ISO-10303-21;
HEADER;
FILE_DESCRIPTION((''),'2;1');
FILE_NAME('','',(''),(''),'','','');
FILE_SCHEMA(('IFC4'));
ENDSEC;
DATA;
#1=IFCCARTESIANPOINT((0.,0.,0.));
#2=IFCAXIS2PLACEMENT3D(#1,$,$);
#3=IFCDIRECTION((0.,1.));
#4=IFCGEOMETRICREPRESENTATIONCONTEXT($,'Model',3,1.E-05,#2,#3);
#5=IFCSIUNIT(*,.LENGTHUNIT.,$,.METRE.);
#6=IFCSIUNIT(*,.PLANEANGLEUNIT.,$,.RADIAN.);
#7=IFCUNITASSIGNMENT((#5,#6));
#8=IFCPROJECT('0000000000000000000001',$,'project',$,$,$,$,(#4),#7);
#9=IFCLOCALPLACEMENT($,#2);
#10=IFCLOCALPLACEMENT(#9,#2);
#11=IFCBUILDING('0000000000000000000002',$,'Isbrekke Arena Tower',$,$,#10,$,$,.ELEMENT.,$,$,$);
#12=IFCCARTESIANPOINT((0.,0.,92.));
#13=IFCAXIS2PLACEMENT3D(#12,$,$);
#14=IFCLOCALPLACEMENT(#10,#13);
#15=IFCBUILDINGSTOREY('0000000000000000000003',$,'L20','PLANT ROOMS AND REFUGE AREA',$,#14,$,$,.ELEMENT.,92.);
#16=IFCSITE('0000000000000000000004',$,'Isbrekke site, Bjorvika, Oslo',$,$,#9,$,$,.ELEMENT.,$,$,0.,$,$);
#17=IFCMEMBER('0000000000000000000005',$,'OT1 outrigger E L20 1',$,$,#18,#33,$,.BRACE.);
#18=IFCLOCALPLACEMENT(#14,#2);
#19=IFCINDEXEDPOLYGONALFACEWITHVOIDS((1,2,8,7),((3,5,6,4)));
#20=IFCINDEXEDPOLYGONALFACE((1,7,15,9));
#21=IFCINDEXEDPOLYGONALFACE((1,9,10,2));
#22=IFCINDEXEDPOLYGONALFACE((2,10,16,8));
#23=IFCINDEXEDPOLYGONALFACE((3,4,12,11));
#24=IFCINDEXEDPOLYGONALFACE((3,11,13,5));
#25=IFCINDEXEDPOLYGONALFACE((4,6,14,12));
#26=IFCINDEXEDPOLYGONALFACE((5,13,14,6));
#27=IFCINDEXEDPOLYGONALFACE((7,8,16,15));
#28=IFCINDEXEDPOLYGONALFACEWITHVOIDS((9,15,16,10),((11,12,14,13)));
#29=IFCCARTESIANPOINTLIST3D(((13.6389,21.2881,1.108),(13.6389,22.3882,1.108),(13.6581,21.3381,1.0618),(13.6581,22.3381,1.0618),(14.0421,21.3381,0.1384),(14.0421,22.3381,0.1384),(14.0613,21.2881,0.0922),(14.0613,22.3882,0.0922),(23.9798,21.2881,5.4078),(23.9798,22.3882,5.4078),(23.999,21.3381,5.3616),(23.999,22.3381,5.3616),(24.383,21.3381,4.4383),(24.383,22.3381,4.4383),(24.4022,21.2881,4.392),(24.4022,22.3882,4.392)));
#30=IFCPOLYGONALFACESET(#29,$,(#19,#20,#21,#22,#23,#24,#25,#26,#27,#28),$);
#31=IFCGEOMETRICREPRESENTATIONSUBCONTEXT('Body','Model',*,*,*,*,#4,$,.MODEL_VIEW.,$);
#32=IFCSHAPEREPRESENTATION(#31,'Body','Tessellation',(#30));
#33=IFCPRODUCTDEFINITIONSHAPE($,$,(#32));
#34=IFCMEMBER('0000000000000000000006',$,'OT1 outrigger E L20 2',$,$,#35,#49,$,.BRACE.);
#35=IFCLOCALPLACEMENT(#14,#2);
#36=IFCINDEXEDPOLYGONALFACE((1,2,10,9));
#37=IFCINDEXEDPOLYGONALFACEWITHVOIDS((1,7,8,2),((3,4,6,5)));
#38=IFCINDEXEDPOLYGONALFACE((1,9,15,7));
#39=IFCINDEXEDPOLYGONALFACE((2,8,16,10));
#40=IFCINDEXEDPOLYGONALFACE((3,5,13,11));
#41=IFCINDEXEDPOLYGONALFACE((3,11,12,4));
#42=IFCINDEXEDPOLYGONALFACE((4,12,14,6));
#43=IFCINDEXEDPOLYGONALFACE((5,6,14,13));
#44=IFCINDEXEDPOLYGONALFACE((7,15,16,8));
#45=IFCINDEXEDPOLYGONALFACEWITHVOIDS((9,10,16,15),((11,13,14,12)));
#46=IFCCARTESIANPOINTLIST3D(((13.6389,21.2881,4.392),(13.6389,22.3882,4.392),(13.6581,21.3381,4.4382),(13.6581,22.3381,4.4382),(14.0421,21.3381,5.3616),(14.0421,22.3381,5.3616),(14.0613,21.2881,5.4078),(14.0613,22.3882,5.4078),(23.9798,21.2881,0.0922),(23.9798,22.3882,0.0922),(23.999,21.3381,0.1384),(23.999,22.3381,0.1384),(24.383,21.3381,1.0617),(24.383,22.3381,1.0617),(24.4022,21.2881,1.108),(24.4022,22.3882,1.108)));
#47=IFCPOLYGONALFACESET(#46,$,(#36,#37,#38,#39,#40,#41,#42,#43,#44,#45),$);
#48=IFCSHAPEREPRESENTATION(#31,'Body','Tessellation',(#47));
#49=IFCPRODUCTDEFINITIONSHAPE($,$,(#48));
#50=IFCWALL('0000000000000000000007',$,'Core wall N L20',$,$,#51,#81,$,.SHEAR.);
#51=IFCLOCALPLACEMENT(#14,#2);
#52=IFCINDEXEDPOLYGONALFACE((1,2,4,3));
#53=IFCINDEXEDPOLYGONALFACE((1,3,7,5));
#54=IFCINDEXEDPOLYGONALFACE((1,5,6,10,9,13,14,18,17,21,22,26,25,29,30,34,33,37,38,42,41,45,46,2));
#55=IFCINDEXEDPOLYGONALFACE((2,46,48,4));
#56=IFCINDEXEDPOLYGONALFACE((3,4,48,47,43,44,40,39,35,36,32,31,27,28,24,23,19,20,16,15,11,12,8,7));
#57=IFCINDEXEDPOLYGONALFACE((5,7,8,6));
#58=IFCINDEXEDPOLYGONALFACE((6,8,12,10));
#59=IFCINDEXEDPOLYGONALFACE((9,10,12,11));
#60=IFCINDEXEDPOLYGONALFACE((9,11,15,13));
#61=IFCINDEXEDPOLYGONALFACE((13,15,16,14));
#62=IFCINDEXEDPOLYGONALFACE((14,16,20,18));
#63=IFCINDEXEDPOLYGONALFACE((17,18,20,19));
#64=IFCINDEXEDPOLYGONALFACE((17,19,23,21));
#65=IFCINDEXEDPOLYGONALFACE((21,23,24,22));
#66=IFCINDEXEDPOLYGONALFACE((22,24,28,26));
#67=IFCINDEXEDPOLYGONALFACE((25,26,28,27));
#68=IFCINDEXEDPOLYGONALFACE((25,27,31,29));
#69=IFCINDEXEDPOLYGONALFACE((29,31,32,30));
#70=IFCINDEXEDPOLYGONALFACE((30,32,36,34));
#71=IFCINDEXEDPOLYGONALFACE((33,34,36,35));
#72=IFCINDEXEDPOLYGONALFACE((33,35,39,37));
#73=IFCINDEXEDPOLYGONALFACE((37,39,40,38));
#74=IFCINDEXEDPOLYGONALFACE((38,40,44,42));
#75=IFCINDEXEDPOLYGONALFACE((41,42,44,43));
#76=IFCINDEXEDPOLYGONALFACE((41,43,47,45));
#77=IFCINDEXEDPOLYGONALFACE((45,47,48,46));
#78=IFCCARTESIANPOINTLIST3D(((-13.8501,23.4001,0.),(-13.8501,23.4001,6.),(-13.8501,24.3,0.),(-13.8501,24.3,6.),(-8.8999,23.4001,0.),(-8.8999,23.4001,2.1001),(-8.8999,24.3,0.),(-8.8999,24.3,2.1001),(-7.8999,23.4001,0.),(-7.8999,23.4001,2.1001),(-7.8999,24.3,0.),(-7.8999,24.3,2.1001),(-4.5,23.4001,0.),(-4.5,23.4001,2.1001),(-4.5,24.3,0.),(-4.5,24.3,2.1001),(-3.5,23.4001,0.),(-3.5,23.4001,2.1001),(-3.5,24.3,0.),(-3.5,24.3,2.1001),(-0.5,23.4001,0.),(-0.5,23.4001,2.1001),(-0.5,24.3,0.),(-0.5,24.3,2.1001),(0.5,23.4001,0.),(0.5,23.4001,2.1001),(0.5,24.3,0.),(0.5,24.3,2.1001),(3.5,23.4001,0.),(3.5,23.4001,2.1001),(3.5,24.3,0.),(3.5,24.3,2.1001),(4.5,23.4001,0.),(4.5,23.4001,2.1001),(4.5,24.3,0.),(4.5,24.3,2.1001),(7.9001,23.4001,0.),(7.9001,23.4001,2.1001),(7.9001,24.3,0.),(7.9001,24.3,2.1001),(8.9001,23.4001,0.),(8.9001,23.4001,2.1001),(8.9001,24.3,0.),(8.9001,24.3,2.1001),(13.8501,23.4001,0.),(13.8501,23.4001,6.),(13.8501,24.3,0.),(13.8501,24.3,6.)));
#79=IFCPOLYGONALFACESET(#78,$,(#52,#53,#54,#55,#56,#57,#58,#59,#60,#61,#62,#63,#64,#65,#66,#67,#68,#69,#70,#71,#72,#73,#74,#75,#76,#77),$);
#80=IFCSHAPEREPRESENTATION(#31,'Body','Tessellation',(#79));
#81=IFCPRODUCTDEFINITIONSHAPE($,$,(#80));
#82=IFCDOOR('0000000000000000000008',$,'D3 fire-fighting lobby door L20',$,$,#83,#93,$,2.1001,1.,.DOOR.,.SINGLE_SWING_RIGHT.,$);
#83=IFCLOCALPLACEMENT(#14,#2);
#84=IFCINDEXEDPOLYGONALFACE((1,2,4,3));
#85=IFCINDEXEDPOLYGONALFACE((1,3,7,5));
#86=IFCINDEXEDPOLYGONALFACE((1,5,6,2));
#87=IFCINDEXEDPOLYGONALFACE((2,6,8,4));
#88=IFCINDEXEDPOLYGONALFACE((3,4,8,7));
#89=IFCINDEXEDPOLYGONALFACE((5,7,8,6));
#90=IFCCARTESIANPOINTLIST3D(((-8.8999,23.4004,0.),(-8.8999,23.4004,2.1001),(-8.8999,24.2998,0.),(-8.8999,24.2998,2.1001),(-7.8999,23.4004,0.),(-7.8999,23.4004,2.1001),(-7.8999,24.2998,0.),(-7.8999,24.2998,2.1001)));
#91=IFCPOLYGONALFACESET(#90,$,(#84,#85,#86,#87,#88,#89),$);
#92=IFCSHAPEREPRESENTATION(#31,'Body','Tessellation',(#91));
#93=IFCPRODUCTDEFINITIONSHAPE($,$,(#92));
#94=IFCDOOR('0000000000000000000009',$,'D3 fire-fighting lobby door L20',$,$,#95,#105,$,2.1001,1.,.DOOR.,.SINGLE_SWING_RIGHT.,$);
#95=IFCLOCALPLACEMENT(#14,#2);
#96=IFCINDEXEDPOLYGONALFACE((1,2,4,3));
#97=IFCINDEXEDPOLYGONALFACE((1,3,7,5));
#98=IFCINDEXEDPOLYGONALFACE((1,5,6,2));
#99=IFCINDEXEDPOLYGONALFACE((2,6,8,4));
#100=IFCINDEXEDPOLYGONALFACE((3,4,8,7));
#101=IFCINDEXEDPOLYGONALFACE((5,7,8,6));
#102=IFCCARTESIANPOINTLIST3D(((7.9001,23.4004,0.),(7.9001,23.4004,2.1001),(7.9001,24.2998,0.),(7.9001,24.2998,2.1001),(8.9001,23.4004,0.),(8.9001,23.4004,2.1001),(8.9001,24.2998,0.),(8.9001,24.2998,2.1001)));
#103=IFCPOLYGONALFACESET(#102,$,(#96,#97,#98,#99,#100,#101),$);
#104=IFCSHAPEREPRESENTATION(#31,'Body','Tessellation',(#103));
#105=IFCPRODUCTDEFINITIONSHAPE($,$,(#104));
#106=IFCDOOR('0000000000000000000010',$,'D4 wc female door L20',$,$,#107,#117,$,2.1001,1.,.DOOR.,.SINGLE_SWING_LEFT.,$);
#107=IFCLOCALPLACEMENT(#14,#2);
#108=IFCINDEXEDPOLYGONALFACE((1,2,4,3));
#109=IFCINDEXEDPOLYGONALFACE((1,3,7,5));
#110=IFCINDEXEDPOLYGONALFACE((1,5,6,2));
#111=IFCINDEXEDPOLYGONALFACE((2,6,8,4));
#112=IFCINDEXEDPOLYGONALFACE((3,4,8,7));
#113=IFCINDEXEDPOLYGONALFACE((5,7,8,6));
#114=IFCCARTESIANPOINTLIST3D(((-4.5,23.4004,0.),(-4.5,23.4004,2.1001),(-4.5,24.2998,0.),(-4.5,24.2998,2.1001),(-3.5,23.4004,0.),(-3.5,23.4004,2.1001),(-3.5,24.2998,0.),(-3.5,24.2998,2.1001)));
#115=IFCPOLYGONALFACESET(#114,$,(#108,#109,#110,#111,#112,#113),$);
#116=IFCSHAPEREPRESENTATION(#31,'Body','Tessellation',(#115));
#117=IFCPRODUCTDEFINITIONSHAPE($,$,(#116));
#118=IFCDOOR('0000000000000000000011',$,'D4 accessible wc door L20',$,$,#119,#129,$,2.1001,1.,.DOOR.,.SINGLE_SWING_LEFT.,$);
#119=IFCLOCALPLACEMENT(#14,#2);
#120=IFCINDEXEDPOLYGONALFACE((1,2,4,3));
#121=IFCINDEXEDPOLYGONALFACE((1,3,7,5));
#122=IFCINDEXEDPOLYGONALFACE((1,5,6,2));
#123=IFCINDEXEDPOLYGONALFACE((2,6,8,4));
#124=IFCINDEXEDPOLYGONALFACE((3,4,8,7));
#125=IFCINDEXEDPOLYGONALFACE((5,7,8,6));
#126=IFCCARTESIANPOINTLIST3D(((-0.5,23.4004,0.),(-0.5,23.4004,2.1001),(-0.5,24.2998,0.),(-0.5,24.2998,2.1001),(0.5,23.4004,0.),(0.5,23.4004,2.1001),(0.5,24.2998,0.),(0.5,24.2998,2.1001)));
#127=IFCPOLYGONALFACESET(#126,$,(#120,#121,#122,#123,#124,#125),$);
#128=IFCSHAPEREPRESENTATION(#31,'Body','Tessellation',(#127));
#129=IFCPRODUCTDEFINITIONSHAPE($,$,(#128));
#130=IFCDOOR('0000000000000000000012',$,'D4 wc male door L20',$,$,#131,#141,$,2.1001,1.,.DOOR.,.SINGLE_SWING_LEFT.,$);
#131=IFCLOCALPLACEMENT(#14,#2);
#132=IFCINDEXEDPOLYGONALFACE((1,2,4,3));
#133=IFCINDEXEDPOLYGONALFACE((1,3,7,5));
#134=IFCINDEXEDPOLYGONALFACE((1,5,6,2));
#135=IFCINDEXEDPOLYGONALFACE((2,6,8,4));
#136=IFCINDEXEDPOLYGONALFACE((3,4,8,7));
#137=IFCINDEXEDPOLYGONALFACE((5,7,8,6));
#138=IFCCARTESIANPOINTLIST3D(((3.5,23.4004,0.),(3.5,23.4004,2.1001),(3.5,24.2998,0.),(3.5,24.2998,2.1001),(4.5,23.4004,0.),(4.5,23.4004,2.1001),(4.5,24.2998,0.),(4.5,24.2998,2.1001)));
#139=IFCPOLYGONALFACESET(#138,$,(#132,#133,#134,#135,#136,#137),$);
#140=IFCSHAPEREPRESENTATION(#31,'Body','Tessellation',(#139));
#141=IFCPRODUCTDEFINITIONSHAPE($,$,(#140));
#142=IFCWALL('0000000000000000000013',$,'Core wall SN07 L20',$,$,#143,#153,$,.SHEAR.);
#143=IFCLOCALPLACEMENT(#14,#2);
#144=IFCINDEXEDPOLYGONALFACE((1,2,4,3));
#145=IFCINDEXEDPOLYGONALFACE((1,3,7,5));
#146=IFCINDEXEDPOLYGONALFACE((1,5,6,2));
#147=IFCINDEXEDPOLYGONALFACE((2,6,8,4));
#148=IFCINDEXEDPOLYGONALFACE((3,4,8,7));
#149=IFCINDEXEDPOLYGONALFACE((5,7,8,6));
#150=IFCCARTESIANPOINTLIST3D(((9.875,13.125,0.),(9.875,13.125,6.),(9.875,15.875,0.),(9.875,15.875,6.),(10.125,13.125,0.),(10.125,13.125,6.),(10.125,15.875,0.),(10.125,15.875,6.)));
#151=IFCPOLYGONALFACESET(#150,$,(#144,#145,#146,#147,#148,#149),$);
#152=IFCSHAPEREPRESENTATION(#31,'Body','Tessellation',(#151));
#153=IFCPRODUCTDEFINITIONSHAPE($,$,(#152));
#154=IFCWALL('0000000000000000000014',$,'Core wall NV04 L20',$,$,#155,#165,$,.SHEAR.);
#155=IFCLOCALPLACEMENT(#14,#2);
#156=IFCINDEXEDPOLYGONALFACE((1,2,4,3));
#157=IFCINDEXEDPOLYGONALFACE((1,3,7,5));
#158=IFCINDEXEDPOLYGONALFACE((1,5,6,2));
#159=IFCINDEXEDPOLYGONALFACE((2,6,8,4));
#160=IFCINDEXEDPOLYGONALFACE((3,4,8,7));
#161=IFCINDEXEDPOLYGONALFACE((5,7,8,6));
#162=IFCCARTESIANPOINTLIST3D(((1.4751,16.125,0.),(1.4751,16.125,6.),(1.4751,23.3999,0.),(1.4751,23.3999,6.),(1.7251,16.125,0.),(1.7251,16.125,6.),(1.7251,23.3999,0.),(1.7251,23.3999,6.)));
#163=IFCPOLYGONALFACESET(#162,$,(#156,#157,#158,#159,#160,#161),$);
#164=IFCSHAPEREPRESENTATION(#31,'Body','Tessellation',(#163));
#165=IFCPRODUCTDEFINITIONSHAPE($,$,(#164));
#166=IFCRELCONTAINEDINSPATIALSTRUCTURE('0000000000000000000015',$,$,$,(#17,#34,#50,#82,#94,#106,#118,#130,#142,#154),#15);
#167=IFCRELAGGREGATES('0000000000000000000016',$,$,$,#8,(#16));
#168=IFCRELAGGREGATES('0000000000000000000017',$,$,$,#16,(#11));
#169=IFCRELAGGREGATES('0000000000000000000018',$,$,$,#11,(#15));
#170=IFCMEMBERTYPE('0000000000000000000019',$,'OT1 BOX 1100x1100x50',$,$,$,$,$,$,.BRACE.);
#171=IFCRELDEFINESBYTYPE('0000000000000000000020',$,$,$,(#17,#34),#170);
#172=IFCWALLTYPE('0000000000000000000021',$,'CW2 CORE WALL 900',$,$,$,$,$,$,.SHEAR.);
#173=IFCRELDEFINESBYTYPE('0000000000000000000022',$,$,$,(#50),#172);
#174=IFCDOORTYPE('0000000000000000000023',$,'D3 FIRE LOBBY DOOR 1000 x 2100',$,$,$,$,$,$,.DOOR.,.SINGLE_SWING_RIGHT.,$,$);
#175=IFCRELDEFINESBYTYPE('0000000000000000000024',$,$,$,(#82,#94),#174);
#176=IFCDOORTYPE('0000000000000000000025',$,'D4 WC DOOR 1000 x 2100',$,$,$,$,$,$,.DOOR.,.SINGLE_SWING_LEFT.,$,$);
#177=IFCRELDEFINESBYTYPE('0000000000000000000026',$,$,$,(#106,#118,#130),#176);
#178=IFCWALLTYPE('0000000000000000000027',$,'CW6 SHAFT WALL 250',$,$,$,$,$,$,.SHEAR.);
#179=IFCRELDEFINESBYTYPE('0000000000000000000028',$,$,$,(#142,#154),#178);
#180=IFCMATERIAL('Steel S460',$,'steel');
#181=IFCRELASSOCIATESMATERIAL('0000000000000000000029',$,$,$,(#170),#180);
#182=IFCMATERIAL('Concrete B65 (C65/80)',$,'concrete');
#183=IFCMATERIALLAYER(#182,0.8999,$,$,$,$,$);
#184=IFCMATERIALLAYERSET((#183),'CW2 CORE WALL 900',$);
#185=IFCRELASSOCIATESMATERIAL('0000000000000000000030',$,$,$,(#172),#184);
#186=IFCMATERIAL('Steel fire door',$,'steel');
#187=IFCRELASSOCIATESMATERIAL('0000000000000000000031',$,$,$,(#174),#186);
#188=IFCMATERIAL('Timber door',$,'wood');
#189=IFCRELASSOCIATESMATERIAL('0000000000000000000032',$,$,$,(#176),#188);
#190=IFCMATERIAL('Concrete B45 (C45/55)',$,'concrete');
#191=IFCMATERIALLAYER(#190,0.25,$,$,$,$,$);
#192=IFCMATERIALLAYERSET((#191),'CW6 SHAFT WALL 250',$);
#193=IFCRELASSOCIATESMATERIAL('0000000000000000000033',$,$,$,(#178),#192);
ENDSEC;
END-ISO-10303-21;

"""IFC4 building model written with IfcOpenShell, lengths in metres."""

from ifc_helpers import new_model, si_unit, direction, frame, frame_2d, origin, origin_2d, place, context, subcontext, project, spatial, rectangle, hollow_rectangle, extrude, material, layer, layer_set, material_profile, profile_set, type_object, element, fill, save


model = new_model("IFC4")

# Units and contexts
model_context = context("Model", 3, precision=1e-05, world=origin(), true_north=direction((0.0, 1.0)))
body_context = subcontext(model_context, "Body", "Model", "MODEL_VIEW")
ifc_project = project(units=[si_unit("LENGTHUNIT", "METRE"), si_unit("PLANEANGLEUNIT", "RADIAN")], contexts=[model_context])

# Site, building, storey
site_placement = place(None, origin())
site = spatial("IfcSite", under=ifc_project, at=site_placement, Name="Isbrekke site, Bjorvika, Oslo", CompositionType="ELEMENT", RefElevation=0.0)
building_placement = place(site_placement, origin())
building = spatial("IfcBuilding", under=site, at=building_placement, Name="Isbrekke Arena Tower", CompositionType="ELEMENT")
storey_placement = place(building_placement, frame((0.0, 0.0, 92.0)))
storey = spatial("IfcBuildingStorey", under=building, at=storey_placement, Name="L20", Description="PLANT ROOMS AND REFUGE AREA", CompositionType="ELEMENT", Elevation=92.0)

# Members
ifc_material_1 = material(Name="Steel S460", Category="steel")
ifc_material_profile = material_profile(ifc_material_1, hollow_rectangle(XDim=1.1001, YDim=1.1001, WallThickness=0.05, at=origin_2d()), Name="BOX 1100x1100x50")
ifc_profile_set = profile_set([ifc_material_profile], Name="Steel S460")
member_type = type_object("IfcMemberType", Name="OT1 BOX 1100x1100x50", PredefinedType="BRACE", material=ifc_profile_set)
for number, where, z_axis, x_axis, name in (
    (1, (13.8501, 21.8381, 0.6001), (0.923358, 0.0, 0.38394), (0.0, 1.0, 0.0), "OT1 outrigger E L20 1"),
    (2, (13.8501, 21.8381, 4.8999), (0.923358, 0.0, -0.38394), (0.0, 1.0, 0.0), "OT1 outrigger E L20 2"),
):
    element("IfcMember", number, at=place(storey_placement, frame(where, z_axis=z_axis, x_axis=x_axis)), inside=storey, type_object=member_type, Name=name, PredefinedType="BRACE", context=body_context, shape_type="SweptSolid", body=[
        extrude(hollow_rectangle(XDim=1.1001, YDim=1.1001, WallThickness=0.05, at=origin_2d()), origin(), (0.0, 0.0, 1.0), 11.1992),
    ])

# Wall, openings, doors
ifc_material_2 = material(Name="Concrete B65 (C65/80)", Category="concrete")
ifc_layer_1 = layer(ifc_material_2, 0.8999)
ifc_layer_set_1 = layer_set([ifc_layer_1], Name="CW2 CORE WALL 900")
wall_type_1 = type_object("IfcWallType", Name="CW2 CORE WALL 900", PredefinedType="SHEAR", material=ifc_layer_set_1)
wall_1_placement = place(storey_placement, frame((13.8501, 23.8501, 0.0), z_axis=(0.0, 0.0, 1.0), x_axis=(-1.0, 0.0, 0.0)))
wall_1 = element("IfcWall", 3, at=wall_1_placement, inside=storey, type_object=wall_type_1, Name="Core wall N L20", PredefinedType="SHEAR", context=body_context, shape_type="SweptSolid", body=[
    extrude(rectangle(XDim=27.7002, YDim=0.8999, at=frame_2d((13.8501, 0.0))), origin(), (0.0, 0.0, 1.0), 6.0),
])
opening_1_placement = place(wall_1_placement, frame((21.75, 0.0, 0.0)))
opening_1 = element("IfcOpeningElement", 4, at=opening_1_placement, cuts=wall_1, PredefinedType="OPENING", context=body_context, shape_type="SweptSolid", body=[
    extrude(rectangle(XDim=1.0, YDim=2.1001, at=frame_2d((0.5, 1.05))), frame((0.0, 0.4648, 0.0), z_axis=(0.0, -1.0, 0.0), x_axis=(1.0, 0.0, 0.0)), (0.0, 0.0, 1.0), 0.9297),
])
opening_2_placement = place(wall_1_placement, frame((4.95, 0.0, 0.0)))
opening_2 = element("IfcOpeningElement", 5, at=opening_2_placement, cuts=wall_1, PredefinedType="OPENING", context=body_context, shape_type="SweptSolid", body=[
    extrude(rectangle(XDim=1.0, YDim=2.1001, at=frame_2d((0.5, 1.05))), frame((0.0, 0.4648, 0.0), z_axis=(0.0, -1.0, 0.0), x_axis=(1.0, 0.0, 0.0)), (0.0, 0.0, 1.0), 0.9297),
])
opening_3_placement = place(wall_1_placement, frame((17.3501, 0.0, 0.0)))
opening_3 = element("IfcOpeningElement", 6, at=opening_3_placement, cuts=wall_1, PredefinedType="OPENING", context=body_context, shape_type="SweptSolid", body=[
    extrude(rectangle(XDim=1.0, YDim=2.1001, at=frame_2d((0.5, 1.05))), frame((0.0, 0.4648, 0.0), z_axis=(0.0, -1.0, 0.0), x_axis=(1.0, 0.0, 0.0)), (0.0, 0.0, 1.0), 0.9297),
])
opening_4_placement = place(wall_1_placement, frame((13.3501, 0.0, 0.0)))
opening_4 = element("IfcOpeningElement", 7, at=opening_4_placement, cuts=wall_1, PredefinedType="OPENING", context=body_context, shape_type="SweptSolid", body=[
    extrude(rectangle(XDim=1.0, YDim=2.1001, at=frame_2d((0.5, 1.05))), frame((0.0, 0.4648, 0.0), z_axis=(0.0, -1.0, 0.0), x_axis=(1.0, 0.0, 0.0)), (0.0, 0.0, 1.0), 0.9297),
])
opening_5_placement = place(wall_1_placement, frame((9.3501, 0.0, 0.0)))
opening_5 = element("IfcOpeningElement", 8, at=opening_5_placement, cuts=wall_1, PredefinedType="OPENING", context=body_context, shape_type="SweptSolid", body=[
    extrude(rectangle(XDim=1.0, YDim=2.1001, at=frame_2d((0.5, 1.05))), frame((0.0, 0.4648, 0.0), z_axis=(0.0, -1.0, 0.0), x_axis=(1.0, 0.0, 0.0)), (0.0, 0.0, 1.0), 0.9297),
])
ifc_material_3 = material(Name="Steel fire door", Category="steel")
door_type_1 = type_object("IfcDoorType", Name="D3 FIRE LOBBY DOOR 1000 x 2100", OperationType="SINGLE_SWING_RIGHT", PredefinedType="DOOR", material=ifc_material_3)
door_1_placement = place(opening_1_placement, origin())
door_1 = element("IfcDoor", 9, at=door_1_placement, inside=storey, type_object=door_type_1, Name="D3 fire-fighting lobby door L20", OperationType="SINGLE_SWING_RIGHT", OverallHeight=2.1001, OverallWidth=1.0, PredefinedType="DOOR", context=body_context, shape_type="SweptSolid", body=[
    extrude(rectangle(XDim=1.0, YDim=2.1001, at=frame_2d((0.5, 1.05))), frame((0.0, 0.4497, 0.0), z_axis=(0.0, -1.0, 0.0), x_axis=(1.0, 0.0, 0.0)), (0.0, 0.0, 1.0), 0.8994),
])
fill(opening_1, door_1)
door_2_placement = place(opening_2_placement, origin())
door_2 = element("IfcDoor", 10, at=door_2_placement, inside=storey, type_object=door_type_1, Name="D3 fire-fighting lobby door L20", OperationType="SINGLE_SWING_RIGHT", OverallHeight=2.1001, OverallWidth=1.0, PredefinedType="DOOR", context=body_context, shape_type="SweptSolid", body=[
    extrude(rectangle(XDim=1.0, YDim=2.1001, at=frame_2d((0.5, 1.05))), frame((0.0, 0.4497, 0.0), z_axis=(0.0, -1.0, 0.0), x_axis=(1.0, 0.0, 0.0)), (0.0, 0.0, 1.0), 0.8994),
])
fill(opening_2, door_2)
ifc_material_4 = material(Name="Timber door", Category="wood")
door_type_2 = type_object("IfcDoorType", Name="D4 WC DOOR 1000 x 2100", OperationType="SINGLE_SWING_LEFT", PredefinedType="DOOR", material=ifc_material_4)
door_3_placement = place(opening_3_placement, origin())
door_3 = element("IfcDoor", 11, at=door_3_placement, inside=storey, type_object=door_type_2, Name="D4 wc female door L20", OperationType="SINGLE_SWING_LEFT", OverallHeight=2.1001, OverallWidth=1.0, PredefinedType="DOOR", context=body_context, shape_type="SweptSolid", body=[
    extrude(rectangle(XDim=1.0, YDim=2.1001, at=frame_2d((0.5, 1.05))), frame((0.0, 0.4497, 0.0), z_axis=(0.0, -1.0, 0.0), x_axis=(1.0, 0.0, 0.0)), (0.0, 0.0, 1.0), 0.8994),
])
fill(opening_3, door_3)
door_4_placement = place(opening_4_placement, origin())
door_4 = element("IfcDoor", 12, at=door_4_placement, inside=storey, type_object=door_type_2, Name="D4 accessible wc door L20", OperationType="SINGLE_SWING_LEFT", OverallHeight=2.1001, OverallWidth=1.0, PredefinedType="DOOR", context=body_context, shape_type="SweptSolid", body=[
    extrude(rectangle(XDim=1.0, YDim=2.1001, at=frame_2d((0.5, 1.05))), frame((0.0, 0.4497, 0.0), z_axis=(0.0, -1.0, 0.0), x_axis=(1.0, 0.0, 0.0)), (0.0, 0.0, 1.0), 0.8994),
])
fill(opening_4, door_4)
door_5_placement = place(opening_5_placement, origin())
door_5 = element("IfcDoor", 13, at=door_5_placement, inside=storey, type_object=door_type_2, Name="D4 wc male door L20", OperationType="SINGLE_SWING_LEFT", OverallHeight=2.1001, OverallWidth=1.0, PredefinedType="DOOR", context=body_context, shape_type="SweptSolid", body=[
    extrude(rectangle(XDim=1.0, YDim=2.1001, at=frame_2d((0.5, 1.05))), frame((0.0, 0.4497, 0.0), z_axis=(0.0, -1.0, 0.0), x_axis=(1.0, 0.0, 0.0)), (0.0, 0.0, 1.0), 0.8994),
])
fill(opening_5, door_5)

# Walls
ifc_material_5 = material(Name="Concrete B45 (C45/55)", Category="concrete")
ifc_layer_2 = layer(ifc_material_5, 0.25)
ifc_layer_set_2 = layer_set([ifc_layer_2], Name="CW6 SHAFT WALL 250")
wall_type_2 = type_object("IfcWallType", Name="CW6 SHAFT WALL 250", PredefinedType="SHEAR", material=ifc_layer_set_2)
wall_2_placement = place(storey_placement, frame((10.0, 13.125, 0.0), z_axis=(0.0, 0.0, 1.0), x_axis=(0.0, 1.0, 0.0)))
element("IfcWall", 14, at=wall_2_placement, inside=storey, type_object=wall_type_2, Name="Core wall SN07 L20", PredefinedType="SHEAR", context=body_context, shape_type="SweptSolid", body=[
    extrude(rectangle(XDim=2.75, YDim=0.25, at=frame_2d((1.375, 0.0))), origin(), (0.0, 0.0, 1.0), 6.0),
])
for number, where, z_axis, x_axis, name in (
    (15, (1.6001, 16.125, 0.0), (0.0, 0.0, 1.0), (0.0, 1.0, 0.0), "Core wall NV04 L20"),
):
    element("IfcWall", number, at=place(storey_placement, frame(where, z_axis=z_axis, x_axis=x_axis)), inside=storey, type_object=wall_type_2, Name=name, PredefinedType="SHEAR", context=body_context, shape_type="SweptSolid", body=[
        extrude(rectangle(XDim=7.2749, YDim=0.25, at=frame_2d((3.6375, 0.0))), origin(), (0.0, 0.0, 1.0), 6.0),
    ])

save(model, "model.ifc")
